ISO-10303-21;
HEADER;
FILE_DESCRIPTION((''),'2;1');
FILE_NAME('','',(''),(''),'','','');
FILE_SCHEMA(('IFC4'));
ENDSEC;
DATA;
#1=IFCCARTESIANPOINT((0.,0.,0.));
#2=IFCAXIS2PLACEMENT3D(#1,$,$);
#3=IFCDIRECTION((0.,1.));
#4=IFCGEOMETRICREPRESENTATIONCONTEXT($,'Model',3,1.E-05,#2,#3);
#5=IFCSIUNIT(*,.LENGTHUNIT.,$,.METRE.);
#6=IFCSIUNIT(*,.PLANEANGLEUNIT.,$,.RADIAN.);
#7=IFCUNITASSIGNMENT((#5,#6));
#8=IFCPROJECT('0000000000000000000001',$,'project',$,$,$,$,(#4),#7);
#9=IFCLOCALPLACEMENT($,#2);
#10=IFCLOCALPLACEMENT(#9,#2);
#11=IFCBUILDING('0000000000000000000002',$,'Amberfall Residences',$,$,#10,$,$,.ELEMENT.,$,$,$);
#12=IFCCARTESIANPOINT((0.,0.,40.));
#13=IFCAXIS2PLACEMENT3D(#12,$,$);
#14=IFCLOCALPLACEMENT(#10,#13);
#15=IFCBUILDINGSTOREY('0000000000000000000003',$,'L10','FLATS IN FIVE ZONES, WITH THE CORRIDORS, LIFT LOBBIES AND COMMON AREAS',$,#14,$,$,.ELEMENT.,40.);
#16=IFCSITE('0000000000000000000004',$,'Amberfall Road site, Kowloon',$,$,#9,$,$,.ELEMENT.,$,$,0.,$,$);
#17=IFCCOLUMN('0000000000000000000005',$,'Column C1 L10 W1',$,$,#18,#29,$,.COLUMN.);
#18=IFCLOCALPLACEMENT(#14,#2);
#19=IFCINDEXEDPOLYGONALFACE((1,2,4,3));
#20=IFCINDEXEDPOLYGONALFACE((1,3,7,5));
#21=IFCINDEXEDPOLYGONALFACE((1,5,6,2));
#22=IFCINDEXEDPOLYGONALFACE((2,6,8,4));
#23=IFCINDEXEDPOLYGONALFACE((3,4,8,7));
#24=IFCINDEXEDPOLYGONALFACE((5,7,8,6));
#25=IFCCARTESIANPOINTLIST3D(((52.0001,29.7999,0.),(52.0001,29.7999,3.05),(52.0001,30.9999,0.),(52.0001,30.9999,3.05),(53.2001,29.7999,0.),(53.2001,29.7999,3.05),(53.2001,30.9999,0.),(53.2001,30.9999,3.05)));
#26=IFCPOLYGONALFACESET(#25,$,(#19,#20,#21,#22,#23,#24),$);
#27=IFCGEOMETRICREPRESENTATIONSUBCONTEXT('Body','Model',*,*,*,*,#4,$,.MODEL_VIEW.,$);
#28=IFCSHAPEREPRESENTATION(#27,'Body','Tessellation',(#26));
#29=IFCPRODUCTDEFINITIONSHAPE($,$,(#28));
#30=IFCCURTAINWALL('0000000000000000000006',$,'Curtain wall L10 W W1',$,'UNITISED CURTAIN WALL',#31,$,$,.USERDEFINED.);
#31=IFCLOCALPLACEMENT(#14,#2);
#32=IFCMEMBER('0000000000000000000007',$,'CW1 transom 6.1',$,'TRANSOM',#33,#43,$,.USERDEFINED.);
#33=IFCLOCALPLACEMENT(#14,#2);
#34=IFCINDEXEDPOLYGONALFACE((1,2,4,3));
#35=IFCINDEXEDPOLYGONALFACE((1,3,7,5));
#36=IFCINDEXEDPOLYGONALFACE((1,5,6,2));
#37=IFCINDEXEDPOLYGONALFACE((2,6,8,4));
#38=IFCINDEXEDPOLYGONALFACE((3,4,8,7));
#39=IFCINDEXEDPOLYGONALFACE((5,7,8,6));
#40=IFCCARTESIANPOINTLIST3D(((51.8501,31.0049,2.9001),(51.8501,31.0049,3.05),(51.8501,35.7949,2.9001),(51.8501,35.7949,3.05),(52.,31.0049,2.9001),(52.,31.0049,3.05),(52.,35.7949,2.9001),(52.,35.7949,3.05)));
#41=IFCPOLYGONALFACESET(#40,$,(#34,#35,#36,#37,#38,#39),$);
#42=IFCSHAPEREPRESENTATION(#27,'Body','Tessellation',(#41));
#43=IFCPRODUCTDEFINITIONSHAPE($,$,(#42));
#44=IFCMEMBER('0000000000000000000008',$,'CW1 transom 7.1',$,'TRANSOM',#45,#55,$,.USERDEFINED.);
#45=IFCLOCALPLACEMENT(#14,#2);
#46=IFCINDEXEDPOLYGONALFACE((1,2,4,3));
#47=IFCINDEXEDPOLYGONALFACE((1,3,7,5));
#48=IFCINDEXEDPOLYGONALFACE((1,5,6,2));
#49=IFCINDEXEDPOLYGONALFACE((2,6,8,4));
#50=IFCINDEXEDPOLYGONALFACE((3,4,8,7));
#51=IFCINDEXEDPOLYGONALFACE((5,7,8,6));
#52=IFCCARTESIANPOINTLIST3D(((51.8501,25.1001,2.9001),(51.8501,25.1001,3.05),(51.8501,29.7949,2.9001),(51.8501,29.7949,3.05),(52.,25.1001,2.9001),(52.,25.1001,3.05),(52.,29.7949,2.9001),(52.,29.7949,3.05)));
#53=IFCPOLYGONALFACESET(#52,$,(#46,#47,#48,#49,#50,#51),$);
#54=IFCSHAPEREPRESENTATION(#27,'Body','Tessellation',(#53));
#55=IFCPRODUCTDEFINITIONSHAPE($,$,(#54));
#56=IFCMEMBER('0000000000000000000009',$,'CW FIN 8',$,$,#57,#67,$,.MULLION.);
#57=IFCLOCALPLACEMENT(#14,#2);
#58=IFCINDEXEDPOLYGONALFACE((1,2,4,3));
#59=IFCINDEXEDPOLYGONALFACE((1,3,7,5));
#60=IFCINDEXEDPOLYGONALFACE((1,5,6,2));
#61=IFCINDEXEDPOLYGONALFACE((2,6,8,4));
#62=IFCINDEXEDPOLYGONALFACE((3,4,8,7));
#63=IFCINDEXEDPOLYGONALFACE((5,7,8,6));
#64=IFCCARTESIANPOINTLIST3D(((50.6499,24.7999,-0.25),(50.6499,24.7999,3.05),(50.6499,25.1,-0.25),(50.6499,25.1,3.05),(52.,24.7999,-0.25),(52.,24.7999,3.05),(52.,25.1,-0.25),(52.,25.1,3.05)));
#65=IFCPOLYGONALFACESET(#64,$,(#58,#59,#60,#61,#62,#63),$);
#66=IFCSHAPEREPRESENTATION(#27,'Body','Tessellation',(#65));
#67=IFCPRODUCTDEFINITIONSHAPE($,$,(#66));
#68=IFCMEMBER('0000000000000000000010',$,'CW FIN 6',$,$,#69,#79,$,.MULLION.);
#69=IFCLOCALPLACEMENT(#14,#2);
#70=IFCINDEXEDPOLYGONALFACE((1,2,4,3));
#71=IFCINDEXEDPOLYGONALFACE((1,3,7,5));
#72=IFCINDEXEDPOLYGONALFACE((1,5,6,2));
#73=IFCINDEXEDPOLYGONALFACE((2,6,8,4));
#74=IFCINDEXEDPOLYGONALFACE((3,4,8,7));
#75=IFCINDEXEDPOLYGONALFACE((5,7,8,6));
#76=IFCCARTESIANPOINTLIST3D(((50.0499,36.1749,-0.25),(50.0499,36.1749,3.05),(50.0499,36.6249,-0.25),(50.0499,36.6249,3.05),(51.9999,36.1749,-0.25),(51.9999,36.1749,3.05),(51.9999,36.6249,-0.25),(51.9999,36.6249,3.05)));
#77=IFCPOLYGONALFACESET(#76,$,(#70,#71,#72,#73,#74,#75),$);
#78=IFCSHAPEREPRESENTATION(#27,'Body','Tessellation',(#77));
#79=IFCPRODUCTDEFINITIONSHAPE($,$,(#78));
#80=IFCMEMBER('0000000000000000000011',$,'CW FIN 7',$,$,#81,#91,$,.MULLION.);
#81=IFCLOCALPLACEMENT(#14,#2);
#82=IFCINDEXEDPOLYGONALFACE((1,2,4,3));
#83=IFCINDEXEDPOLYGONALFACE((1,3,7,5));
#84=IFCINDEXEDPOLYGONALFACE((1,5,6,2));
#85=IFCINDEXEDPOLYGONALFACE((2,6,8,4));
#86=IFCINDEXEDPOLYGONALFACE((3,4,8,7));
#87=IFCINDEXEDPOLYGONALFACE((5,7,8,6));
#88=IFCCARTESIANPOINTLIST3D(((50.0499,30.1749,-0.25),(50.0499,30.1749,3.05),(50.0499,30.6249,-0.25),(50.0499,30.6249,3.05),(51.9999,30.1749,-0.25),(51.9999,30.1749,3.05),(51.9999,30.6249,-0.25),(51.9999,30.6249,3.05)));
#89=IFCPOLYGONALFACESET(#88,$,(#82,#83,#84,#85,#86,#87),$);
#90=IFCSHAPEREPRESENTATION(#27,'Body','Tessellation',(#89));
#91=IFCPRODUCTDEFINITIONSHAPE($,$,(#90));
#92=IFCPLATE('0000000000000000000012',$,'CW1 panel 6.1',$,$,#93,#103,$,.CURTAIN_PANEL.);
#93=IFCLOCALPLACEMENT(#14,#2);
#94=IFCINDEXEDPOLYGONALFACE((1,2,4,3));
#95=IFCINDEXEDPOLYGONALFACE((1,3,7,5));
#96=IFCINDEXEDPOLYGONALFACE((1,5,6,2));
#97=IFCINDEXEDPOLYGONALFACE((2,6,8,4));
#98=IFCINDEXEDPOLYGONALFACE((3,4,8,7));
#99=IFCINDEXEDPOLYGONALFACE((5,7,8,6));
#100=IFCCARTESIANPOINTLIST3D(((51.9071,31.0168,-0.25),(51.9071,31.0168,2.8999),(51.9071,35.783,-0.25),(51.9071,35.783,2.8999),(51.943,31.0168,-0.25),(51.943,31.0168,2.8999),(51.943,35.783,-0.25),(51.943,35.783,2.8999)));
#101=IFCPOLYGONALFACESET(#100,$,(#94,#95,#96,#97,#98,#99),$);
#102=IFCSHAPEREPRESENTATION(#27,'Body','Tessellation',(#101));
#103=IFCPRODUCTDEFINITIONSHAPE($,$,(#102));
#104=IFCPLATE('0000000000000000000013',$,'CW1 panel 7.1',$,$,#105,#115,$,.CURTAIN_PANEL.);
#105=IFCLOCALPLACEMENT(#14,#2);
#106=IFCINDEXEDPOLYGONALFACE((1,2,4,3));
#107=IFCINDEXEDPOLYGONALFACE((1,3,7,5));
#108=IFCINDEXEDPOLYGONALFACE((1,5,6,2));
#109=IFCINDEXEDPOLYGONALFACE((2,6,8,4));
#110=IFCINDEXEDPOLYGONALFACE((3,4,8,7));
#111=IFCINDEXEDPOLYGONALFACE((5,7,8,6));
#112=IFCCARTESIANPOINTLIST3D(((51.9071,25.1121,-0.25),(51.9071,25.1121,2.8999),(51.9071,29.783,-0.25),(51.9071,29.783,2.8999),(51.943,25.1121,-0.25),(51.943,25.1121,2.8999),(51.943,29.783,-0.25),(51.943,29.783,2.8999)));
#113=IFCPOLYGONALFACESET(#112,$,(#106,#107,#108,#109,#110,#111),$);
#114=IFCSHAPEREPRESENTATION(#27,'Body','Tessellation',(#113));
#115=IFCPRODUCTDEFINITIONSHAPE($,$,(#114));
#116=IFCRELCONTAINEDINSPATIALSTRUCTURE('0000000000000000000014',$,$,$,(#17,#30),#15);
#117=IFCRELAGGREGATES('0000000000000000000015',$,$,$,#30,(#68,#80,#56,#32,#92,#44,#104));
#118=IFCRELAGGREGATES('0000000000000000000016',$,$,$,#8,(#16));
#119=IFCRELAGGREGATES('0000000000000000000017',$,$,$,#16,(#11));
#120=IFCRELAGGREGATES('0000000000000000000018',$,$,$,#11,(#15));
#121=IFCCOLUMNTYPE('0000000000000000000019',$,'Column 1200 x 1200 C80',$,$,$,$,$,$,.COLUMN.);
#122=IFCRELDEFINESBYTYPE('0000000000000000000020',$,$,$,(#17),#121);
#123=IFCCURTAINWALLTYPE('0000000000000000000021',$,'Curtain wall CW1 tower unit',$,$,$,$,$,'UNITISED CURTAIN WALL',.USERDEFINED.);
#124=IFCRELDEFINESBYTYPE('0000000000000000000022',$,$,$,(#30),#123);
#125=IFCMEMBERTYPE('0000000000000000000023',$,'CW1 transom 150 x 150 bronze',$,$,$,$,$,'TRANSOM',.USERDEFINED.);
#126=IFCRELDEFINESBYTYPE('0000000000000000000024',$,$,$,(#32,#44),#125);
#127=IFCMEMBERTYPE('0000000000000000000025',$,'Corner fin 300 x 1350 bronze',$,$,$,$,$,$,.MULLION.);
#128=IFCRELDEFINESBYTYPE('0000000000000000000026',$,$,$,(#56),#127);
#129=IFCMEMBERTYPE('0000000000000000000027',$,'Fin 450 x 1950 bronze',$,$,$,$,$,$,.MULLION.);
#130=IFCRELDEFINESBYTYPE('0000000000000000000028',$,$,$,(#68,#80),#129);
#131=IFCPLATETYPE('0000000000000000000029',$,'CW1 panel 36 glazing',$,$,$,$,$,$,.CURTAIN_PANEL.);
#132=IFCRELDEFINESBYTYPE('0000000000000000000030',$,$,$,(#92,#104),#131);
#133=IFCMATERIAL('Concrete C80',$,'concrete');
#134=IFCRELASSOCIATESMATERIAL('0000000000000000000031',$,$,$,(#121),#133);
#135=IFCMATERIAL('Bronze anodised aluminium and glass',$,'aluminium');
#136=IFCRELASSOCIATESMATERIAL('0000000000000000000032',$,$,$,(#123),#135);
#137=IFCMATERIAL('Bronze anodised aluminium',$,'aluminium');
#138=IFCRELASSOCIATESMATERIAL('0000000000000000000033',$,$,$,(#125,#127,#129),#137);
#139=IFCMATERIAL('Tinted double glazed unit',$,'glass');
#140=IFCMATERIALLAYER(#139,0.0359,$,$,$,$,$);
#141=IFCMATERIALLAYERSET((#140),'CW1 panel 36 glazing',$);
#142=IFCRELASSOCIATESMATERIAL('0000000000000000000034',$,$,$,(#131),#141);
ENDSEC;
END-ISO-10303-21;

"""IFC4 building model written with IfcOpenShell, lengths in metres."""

from ifc_helpers import new_model, si_unit, direction, frame, origin, origin_2d, place, context, subcontext, project, spatial, rectangle, extrude, material, layer, layer_set, material_profile, profile_set, type_object, element, aggregate, save


model = new_model("IFC4")

# Units and contexts
model_context = context("Model", 3, precision=1e-05, world=origin(), true_north=direction((0.0, 1.0)))
body_context = subcontext(model_context, "Body", "Model", "MODEL_VIEW")
ifc_project = project(units=[si_unit("LENGTHUNIT", "METRE"), si_unit("PLANEANGLEUNIT", "RADIAN")], contexts=[model_context])

# Site, building, storey
site_placement = place(None, origin())
site = spatial("IfcSite", under=ifc_project, at=site_placement, Name="Amberfall Road site, Kowloon", CompositionType="ELEMENT", RefElevation=0.0)
building_placement = place(site_placement, origin())
building = spatial("IfcBuilding", under=site, at=building_placement, Name="Amberfall Residences", CompositionType="ELEMENT")
storey_placement = place(building_placement, frame((0.0, 0.0, 40.0)))
storey = spatial("IfcBuildingStorey", under=building, at=storey_placement, Name="L10", Description="FLATS IN FIVE ZONES, WITH THE CORRIDORS, LIFT LOBBIES AND COMMON AREAS", CompositionType="ELEMENT", Elevation=40.0)

# Column
ifc_material_1 = material(Name="Concrete C80", Category="concrete")
ifc_material_profile_1 = material_profile(ifc_material_1, rectangle(XDim=1.2, YDim=1.2, at=origin_2d()), Name="Column 1200 x 1200 C80")
ifc_profile_set_1 = profile_set([ifc_material_profile_1], Name="Concrete C80")
column_type = type_object("IfcColumnType", Name="Column 1200 x 1200 C80", PredefinedType="COLUMN", material=ifc_profile_set_1)
column_placement = place(storey_placement, frame((52.6001, 30.3999, 0.0), z_axis=(0.0, 0.0, 1.0), x_axis=(1.0, 0.0, 0.0)))
element("IfcColumn", 1, at=column_placement, inside=storey, type_object=column_type, Name="Column C1 L10 W1", PredefinedType="COLUMN", context=body_context, shape_type="SweptSolid", body=[
    extrude(rectangle(XDim=1.2, YDim=1.2, at=origin_2d()), origin(), (0.0, 0.0, 1.0), 3.05),
])

# Curtain wall, members, plates
ifc_material_2 = material(Name="Bronze anodised aluminium and glass", Category="aluminium")
curtain_wall_type = type_object("IfcCurtainWallType", Name="Curtain wall CW1 tower unit", ElementType="UNITISED CURTAIN WALL", PredefinedType="USERDEFINED", material=ifc_material_2)
curtain_wall_placement = place(storey_placement, origin())
curtain_wall = element("IfcCurtainWall", 2, at=curtain_wall_placement, inside=storey, type_object=curtain_wall_type, Name="Curtain wall L10 W W1", ObjectType="UNITISED CURTAIN WALL", PredefinedType="USERDEFINED")
ifc_material_3 = material(Name="Bronze anodised aluminium", Category="aluminium")
ifc_material_profile_2 = material_profile(ifc_material_3, rectangle(XDim=0.1499, YDim=0.1499, at=origin_2d()), Name="CW1 transom 150 x 150 bronze")
ifc_profile_set_2 = profile_set([ifc_material_profile_2], Name="Bronze anodised aluminium")
member_type_1 = type_object("IfcMemberType", Name="CW1 transom 150 x 150 bronze", ElementType="TRANSOM", PredefinedType="USERDEFINED", material=ifc_profile_set_2)
member_1_placement = place(storey_placement, frame((51.925, 35.7949, 2.9751), z_axis=(0.0, -1.0, 0.0), x_axis=(1.0, 0.0, 0.0)))
member_1 = element("IfcMember", 3, at=member_1_placement, type_object=member_type_1, Name="CW1 transom 6.1", ObjectType="TRANSOM", PredefinedType="USERDEFINED", context=body_context, shape_type="SweptSolid", body=[
    extrude(rectangle(XDim=0.1499, YDim=0.1499, at=origin_2d()), origin(), (0.0, 0.0, 1.0), 4.79),
])
member_2_placement = place(storey_placement, frame((51.925, 29.7949, 2.9751), z_axis=(0.0, -1.0, 0.0), x_axis=(1.0, 0.0, 0.0)))
member_2 = element("IfcMember", 4, at=member_2_placement, type_object=member_type_1, Name="CW1 transom 7.1", ObjectType="TRANSOM", PredefinedType="USERDEFINED", context=body_context, shape_type="SweptSolid", body=[
    extrude(rectangle(XDim=0.1499, YDim=0.1499, at=origin_2d()), origin(), (0.0, 0.0, 1.0), 4.6948),
])
ifc_material_profile_3 = material_profile(ifc_material_3, rectangle(XDim=1.3501, YDim=0.3, at=origin_2d()), Name="Corner fin 300 x 1350 bronze")
ifc_profile_set_3 = profile_set([ifc_material_profile_3], Name="Bronze anodised aluminium")
member_type_2 = type_object("IfcMemberType", Name="Corner fin 300 x 1350 bronze", PredefinedType="MULLION", material=ifc_profile_set_3)
member_3_placement = place(storey_placement, frame((51.325, 24.95, -0.25), z_axis=(0.0, 0.0, 1.0), x_axis=(1.0, 0.0, 0.0)))
member_3 = element("IfcMember", 5, at=member_3_placement, type_object=member_type_2, Name="CW FIN 8", PredefinedType="MULLION", context=body_context, shape_type="SweptSolid", body=[
    extrude(rectangle(XDim=1.3501, YDim=0.3, at=origin_2d()), origin(), (0.0, 0.0, 1.0), 3.3),
])
ifc_material_profile_4 = material_profile(ifc_material_3, rectangle(XDim=1.95, YDim=0.45, at=origin_2d()), Name="Fin 450 x 1950 bronze")
ifc_profile_set_4 = profile_set([ifc_material_profile_4], Name="Bronze anodised aluminium")
member_type_3 = type_object("IfcMemberType", Name="Fin 450 x 1950 bronze", PredefinedType="MULLION", material=ifc_profile_set_4)
member_4_placement = place(storey_placement, frame((51.0249, 36.3999, -0.25), z_axis=(0.0, 0.0, 1.0), x_axis=(1.0, 0.0, 0.0)))
member_4 = element("IfcMember", 6, at=member_4_placement, type_object=member_type_3, Name="CW FIN 6", PredefinedType="MULLION", context=body_context, shape_type="SweptSolid", body=[
    extrude(rectangle(XDim=1.95, YDim=0.45, at=origin_2d()), origin(), (0.0, 0.0, 1.0), 3.3),
])
member_5_placement = place(storey_placement, frame((51.0249, 30.3999, -0.25), z_axis=(0.0, 0.0, 1.0), x_axis=(1.0, 0.0, 0.0)))
member_5 = element("IfcMember", 7, at=member_5_placement, type_object=member_type_3, Name="CW FIN 7", PredefinedType="MULLION", context=body_context, shape_type="SweptSolid", body=[
    extrude(rectangle(XDim=1.95, YDim=0.45, at=origin_2d()), origin(), (0.0, 0.0, 1.0), 3.3),
])
ifc_material_4 = material(Name="Tinted double glazed unit", Category="glass")
ifc_layer_1 = layer(ifc_material_4, 0.0359)
ifc_layer_set_1 = layer_set([ifc_layer_1], Name="CW1 panel 36 glazing")
plate_type = type_object("IfcPlateType", Name="CW1 panel 36 glazing", PredefinedType="CURTAIN_PANEL", material=ifc_layer_set_1)
plate_1_placement = place(storey_placement, frame((51.925, 33.3999, -0.25), z_axis=(0.0, 0.0, 1.0), x_axis=(0.0, -1.0, 0.0)))
plate_1 = element("IfcPlate", 8, at=plate_1_placement, type_object=plate_type, Name="CW1 panel 6.1", PredefinedType="CURTAIN_PANEL", context=body_context, shape_type="SweptSolid", body=[
    extrude(rectangle(XDim=4.7661, YDim=0.0359, at=origin_2d()), origin(), (0.0, 0.0, 1.0), 3.1499),
])
plate_2_placement = place(storey_placement, frame((51.925, 27.4475, -0.25), z_axis=(0.0, 0.0, 1.0), x_axis=(0.0, -1.0, 0.0)))
plate_2 = element("IfcPlate", 9, at=plate_2_placement, type_object=plate_type, Name="CW1 panel 7.1", PredefinedType="CURTAIN_PANEL", context=body_context, shape_type="SweptSolid", body=[
    extrude(rectangle(XDim=4.6709, YDim=0.0359, at=origin_2d()), origin(), (0.0, 0.0, 1.0), 3.1499),
])
aggregate(curtain_wall, [member_4, member_5, member_3, member_1, plate_1, member_2, plate_2])

save(model, "model.ifc")
